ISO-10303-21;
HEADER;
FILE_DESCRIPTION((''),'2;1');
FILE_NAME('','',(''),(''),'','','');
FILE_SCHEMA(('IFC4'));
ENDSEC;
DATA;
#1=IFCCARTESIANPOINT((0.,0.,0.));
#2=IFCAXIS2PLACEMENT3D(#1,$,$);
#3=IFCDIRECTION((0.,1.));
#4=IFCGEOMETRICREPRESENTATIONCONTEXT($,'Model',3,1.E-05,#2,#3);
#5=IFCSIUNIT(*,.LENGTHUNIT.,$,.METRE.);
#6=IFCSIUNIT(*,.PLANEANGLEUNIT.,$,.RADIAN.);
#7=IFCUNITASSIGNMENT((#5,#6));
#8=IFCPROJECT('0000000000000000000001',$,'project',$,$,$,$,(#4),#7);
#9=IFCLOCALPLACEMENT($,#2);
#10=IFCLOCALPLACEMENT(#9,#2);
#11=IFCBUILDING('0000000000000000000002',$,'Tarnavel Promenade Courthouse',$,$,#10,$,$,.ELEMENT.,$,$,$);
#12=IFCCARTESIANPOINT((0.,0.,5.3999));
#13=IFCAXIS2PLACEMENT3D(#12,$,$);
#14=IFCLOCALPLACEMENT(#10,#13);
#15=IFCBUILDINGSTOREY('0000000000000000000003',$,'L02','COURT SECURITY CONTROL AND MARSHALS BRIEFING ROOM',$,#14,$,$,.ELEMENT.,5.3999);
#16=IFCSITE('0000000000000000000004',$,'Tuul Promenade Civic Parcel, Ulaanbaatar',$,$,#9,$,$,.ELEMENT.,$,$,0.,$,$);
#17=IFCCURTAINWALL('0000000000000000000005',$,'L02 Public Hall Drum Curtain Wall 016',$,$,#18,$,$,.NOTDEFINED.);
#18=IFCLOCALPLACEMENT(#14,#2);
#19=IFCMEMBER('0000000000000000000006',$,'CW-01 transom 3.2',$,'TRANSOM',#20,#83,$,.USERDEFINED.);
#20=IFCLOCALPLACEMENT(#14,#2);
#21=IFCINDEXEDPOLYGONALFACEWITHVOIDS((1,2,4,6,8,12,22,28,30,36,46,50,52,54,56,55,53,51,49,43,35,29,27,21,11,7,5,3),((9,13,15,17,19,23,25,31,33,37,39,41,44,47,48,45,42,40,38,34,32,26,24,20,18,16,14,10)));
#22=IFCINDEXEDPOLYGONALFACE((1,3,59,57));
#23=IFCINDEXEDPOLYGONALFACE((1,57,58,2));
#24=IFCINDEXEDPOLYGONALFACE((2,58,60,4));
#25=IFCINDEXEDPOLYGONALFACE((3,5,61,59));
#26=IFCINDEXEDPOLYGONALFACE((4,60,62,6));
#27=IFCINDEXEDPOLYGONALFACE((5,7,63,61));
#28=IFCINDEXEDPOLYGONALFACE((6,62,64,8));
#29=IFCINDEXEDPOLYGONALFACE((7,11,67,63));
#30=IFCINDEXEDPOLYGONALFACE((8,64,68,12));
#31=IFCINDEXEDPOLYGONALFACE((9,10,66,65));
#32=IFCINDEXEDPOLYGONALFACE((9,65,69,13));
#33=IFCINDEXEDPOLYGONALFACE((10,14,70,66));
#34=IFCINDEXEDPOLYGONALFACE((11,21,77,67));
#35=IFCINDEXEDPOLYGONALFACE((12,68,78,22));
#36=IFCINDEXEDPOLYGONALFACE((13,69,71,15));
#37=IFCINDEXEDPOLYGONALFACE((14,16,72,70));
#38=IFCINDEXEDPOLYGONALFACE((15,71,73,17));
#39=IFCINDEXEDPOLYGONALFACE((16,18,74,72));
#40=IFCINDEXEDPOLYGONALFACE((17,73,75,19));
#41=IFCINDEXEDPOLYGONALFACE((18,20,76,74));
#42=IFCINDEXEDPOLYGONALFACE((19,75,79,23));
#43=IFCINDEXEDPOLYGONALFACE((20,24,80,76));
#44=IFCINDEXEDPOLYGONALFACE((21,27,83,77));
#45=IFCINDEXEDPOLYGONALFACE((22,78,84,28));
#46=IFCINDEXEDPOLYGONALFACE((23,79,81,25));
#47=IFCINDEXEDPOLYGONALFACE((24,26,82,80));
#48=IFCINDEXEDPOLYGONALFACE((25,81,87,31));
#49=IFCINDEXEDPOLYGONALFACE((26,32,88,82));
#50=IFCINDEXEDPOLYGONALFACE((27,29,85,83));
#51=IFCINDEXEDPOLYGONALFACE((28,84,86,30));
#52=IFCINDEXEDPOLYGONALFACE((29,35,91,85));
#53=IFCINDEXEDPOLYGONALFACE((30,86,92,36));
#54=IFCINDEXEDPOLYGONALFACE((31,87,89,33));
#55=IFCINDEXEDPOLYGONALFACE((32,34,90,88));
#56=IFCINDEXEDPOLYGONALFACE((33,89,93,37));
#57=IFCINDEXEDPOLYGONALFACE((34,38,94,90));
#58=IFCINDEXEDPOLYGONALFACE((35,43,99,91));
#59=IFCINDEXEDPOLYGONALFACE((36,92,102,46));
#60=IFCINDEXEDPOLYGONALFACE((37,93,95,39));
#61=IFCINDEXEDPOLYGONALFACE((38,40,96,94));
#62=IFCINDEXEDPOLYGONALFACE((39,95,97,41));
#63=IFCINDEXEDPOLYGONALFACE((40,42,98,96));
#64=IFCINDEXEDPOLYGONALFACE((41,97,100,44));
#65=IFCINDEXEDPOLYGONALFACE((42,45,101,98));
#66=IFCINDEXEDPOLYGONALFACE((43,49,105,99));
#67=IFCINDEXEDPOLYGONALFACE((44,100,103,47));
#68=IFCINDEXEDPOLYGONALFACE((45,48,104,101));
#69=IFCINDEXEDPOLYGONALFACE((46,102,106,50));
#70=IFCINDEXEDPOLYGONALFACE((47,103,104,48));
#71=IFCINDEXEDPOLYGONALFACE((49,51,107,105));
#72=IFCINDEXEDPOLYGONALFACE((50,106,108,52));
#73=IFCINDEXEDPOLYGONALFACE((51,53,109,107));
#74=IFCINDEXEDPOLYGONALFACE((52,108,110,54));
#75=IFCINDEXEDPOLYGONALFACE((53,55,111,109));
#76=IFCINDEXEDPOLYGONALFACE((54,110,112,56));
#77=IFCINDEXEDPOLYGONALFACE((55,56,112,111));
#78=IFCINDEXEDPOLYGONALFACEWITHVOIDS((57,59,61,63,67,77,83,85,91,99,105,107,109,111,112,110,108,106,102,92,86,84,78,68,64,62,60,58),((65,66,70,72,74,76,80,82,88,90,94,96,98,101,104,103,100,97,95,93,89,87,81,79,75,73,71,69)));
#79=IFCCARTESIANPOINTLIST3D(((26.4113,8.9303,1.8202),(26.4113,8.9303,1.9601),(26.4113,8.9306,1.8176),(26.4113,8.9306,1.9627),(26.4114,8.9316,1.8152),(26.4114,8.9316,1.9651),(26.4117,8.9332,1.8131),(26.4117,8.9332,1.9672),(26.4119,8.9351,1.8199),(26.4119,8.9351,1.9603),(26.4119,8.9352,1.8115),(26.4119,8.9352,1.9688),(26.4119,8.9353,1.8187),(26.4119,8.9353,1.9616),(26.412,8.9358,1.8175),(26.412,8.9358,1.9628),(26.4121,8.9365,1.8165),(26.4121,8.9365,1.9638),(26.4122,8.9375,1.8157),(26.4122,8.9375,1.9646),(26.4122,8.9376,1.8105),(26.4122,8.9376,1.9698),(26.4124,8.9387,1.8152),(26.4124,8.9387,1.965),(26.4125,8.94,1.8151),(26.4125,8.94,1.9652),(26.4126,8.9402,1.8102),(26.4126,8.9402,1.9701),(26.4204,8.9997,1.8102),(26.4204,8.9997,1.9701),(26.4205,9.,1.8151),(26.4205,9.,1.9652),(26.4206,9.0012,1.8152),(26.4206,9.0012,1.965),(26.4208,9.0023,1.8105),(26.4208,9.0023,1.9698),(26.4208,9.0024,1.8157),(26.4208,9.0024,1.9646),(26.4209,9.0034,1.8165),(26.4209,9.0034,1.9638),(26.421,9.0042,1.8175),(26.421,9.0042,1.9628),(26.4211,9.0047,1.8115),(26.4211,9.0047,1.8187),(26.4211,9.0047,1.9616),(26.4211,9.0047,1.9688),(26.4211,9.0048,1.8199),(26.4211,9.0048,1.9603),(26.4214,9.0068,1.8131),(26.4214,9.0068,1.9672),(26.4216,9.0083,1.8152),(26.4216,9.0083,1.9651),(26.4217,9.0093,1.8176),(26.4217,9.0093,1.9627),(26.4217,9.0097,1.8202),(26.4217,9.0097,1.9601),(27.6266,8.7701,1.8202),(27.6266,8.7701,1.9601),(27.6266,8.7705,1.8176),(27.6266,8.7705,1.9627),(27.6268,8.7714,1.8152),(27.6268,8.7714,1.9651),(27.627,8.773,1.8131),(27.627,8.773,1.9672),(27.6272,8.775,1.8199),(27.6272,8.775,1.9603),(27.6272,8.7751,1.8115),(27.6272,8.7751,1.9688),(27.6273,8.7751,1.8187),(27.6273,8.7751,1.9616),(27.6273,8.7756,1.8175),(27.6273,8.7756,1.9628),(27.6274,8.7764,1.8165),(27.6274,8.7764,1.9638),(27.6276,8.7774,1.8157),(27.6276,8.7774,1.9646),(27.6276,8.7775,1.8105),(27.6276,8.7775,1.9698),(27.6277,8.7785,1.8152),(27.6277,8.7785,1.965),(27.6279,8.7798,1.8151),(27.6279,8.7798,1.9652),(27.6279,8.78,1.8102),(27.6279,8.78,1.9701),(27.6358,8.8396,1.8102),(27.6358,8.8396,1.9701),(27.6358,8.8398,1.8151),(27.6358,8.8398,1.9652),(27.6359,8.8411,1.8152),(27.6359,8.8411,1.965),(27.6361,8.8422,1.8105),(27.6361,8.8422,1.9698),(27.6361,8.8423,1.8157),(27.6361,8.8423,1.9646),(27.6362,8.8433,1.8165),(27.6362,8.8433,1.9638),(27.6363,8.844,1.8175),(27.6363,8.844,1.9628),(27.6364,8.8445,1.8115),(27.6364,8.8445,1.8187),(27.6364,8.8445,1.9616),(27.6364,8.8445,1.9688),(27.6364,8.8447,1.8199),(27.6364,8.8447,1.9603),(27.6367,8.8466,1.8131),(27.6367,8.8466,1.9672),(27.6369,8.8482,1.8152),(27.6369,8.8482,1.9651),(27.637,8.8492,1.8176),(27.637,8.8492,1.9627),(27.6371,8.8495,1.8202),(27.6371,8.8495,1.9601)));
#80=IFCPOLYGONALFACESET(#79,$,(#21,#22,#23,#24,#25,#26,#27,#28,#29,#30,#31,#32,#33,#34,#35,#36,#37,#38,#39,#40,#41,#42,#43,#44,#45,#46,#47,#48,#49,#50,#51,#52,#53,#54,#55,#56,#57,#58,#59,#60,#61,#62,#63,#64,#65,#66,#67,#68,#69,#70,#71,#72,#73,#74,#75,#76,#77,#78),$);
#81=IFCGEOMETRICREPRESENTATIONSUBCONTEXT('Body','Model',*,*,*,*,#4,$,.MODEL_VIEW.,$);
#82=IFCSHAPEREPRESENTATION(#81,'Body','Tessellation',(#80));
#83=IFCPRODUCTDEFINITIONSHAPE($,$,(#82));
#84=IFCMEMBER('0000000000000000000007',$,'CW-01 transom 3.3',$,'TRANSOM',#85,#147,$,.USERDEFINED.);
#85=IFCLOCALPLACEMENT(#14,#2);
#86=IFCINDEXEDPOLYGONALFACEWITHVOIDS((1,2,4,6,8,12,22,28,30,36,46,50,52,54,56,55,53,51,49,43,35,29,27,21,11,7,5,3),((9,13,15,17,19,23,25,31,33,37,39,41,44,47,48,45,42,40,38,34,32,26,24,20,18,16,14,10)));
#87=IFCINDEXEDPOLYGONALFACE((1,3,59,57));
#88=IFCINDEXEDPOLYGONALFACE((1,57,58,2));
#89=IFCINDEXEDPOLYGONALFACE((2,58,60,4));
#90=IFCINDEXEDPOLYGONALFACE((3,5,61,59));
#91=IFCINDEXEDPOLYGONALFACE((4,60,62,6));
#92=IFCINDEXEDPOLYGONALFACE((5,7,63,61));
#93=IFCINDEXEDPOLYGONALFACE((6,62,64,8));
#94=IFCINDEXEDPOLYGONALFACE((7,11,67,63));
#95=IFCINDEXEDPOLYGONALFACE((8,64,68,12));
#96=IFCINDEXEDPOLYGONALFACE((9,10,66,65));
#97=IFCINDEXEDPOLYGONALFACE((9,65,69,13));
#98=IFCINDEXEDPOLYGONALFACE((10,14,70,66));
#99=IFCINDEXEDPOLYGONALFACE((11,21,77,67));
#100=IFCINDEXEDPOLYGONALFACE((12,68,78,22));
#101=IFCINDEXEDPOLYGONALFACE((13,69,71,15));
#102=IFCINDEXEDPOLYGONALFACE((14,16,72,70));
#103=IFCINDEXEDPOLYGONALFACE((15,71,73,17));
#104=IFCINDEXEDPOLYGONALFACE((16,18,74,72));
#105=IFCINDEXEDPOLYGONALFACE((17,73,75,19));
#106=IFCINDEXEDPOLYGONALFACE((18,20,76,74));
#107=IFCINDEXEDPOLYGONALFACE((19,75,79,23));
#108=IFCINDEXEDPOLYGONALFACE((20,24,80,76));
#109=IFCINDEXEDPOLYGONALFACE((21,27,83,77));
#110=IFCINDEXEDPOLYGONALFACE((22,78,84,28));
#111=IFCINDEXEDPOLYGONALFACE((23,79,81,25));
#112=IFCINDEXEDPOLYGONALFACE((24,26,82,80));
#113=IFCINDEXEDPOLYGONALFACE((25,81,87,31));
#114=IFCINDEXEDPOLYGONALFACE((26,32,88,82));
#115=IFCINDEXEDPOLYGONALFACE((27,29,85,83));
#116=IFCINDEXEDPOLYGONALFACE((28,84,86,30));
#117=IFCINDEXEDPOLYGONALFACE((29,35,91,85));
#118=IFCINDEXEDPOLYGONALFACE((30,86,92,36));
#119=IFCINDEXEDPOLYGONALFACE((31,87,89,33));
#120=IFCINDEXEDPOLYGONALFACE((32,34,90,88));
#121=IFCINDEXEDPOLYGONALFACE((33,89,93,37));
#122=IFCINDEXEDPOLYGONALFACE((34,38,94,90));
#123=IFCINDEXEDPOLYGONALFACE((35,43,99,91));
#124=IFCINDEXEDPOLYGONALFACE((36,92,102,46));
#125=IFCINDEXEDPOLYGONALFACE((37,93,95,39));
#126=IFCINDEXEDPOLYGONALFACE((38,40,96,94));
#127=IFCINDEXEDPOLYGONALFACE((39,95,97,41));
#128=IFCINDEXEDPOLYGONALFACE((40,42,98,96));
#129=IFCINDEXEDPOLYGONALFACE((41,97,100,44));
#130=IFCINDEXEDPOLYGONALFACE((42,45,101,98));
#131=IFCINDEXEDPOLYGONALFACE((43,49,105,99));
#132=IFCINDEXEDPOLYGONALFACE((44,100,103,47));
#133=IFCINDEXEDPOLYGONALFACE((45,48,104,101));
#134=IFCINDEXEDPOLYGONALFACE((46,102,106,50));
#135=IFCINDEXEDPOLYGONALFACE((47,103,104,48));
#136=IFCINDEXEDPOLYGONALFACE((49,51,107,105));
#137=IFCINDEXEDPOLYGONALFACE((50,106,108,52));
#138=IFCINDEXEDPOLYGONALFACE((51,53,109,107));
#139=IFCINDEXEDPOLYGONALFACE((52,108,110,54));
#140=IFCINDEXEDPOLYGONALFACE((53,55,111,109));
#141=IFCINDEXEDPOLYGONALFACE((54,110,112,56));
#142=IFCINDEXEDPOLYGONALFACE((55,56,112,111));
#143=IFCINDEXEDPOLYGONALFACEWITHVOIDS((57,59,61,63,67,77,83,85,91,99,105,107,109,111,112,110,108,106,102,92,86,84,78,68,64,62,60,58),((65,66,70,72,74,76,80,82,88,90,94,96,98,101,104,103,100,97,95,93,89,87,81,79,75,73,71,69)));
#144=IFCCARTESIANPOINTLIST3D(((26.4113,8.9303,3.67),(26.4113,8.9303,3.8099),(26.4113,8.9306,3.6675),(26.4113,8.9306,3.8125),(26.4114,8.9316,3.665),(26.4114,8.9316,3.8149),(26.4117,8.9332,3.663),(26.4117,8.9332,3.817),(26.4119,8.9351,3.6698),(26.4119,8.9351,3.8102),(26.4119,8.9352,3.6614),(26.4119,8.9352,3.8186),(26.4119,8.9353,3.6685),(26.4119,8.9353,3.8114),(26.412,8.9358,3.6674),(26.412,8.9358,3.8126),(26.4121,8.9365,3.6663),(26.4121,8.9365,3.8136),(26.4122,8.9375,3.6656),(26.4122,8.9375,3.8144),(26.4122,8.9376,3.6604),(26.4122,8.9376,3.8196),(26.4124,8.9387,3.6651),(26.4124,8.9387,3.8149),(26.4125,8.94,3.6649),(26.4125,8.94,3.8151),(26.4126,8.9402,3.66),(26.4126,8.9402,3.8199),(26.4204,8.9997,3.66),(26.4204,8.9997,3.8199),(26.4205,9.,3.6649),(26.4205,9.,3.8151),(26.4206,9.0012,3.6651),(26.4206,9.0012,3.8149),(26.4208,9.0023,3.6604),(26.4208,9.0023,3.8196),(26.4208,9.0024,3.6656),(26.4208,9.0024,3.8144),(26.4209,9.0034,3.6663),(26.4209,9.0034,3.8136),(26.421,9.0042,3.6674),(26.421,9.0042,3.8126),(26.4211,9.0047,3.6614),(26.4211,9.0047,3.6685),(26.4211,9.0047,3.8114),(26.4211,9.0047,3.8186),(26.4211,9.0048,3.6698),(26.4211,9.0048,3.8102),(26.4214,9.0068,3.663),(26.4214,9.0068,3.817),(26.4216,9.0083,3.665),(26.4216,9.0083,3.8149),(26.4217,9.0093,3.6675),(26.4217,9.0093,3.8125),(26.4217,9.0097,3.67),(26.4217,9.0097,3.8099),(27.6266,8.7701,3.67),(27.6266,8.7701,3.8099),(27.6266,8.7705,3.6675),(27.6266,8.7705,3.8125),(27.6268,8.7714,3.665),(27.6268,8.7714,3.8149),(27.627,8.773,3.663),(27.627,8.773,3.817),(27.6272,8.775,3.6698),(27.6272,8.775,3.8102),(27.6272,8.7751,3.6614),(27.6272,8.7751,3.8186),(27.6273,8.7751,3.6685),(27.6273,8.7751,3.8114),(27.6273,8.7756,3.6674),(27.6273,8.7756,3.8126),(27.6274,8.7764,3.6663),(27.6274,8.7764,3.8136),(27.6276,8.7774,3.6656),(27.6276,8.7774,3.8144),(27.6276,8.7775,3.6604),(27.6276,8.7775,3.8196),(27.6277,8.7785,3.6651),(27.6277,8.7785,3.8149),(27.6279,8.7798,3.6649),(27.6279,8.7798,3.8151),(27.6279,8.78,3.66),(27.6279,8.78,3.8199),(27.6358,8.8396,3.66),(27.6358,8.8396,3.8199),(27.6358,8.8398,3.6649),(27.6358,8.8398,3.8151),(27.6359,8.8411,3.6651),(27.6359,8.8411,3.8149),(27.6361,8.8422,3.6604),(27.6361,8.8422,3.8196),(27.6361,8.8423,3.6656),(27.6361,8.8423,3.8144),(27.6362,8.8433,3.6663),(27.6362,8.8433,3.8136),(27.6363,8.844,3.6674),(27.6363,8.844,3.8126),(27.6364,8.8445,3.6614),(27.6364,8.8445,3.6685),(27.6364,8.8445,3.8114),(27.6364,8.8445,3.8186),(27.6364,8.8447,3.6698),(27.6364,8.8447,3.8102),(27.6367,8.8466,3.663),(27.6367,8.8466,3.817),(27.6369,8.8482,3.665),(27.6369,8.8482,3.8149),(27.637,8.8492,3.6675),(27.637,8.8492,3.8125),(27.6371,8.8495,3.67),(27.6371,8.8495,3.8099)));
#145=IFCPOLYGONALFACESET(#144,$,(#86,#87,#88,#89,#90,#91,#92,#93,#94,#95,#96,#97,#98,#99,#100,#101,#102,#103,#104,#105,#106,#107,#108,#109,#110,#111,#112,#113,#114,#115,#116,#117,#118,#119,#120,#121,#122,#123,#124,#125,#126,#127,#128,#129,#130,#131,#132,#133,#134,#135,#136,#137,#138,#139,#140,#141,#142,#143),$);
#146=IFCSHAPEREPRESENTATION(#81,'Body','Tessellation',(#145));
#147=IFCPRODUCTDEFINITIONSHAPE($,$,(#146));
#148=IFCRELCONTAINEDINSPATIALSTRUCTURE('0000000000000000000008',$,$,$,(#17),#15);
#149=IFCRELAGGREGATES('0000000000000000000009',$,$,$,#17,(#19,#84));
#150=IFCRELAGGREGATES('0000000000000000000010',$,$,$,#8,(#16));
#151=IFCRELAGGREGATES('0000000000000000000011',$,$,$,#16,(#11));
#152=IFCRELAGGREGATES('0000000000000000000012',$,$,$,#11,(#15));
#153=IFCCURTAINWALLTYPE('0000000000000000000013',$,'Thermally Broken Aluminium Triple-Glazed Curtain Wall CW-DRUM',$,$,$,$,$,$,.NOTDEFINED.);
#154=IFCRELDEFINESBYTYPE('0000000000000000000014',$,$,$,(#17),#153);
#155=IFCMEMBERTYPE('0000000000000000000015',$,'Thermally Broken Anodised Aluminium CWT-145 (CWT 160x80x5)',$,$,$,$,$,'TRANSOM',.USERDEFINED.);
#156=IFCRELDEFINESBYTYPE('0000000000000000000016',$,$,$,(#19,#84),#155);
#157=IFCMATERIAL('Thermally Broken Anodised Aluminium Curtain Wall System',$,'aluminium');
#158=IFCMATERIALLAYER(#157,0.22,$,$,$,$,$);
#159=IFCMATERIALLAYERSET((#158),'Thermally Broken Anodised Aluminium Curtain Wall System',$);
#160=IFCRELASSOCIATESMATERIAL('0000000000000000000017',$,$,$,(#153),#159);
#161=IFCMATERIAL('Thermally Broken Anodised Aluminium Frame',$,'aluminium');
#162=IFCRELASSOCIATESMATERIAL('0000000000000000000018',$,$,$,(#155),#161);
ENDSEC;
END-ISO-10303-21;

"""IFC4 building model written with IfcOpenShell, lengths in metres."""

from ifc_helpers import new_model, si_unit, direction, frame, origin, origin_2d, place, context, subcontext, project, spatial, hollow_rectangle, extrude, material, layer, layer_set, material_profile, profile_set, type_object, element, aggregate, save


model = new_model("IFC4")

# Units and contexts
model_context = context("Model", 3, precision=1e-05, world=origin(), true_north=direction((0.0, 1.0)))
body_context = subcontext(model_context, "Body", "Model", "MODEL_VIEW")
ifc_project = project(units=[si_unit("LENGTHUNIT", "METRE"), si_unit("PLANEANGLEUNIT", "RADIAN")], contexts=[model_context])

# Site, building, storey
site_placement = place(None, origin())
site = spatial("IfcSite", under=ifc_project, at=site_placement, Name="Tuul Promenade Civic Parcel, Ulaanbaatar", CompositionType="ELEMENT", RefElevation=0.0)
building_placement = place(site_placement, origin())
building = spatial("IfcBuilding", under=site, at=building_placement, Name="Tarnavel Promenade Courthouse", CompositionType="ELEMENT")
storey_placement = place(building_placement, frame((0.0, 0.0, 5.3999)))
storey = spatial("IfcBuildingStorey", under=building, at=storey_placement, Name="L02", Description="COURT SECURITY CONTROL AND MARSHALS BRIEFING ROOM", CompositionType="ELEMENT", Elevation=5.3999)

# Curtain wall
ifc_material_1 = material(Name="Thermally Broken Anodised Aluminium Curtain Wall System", Category="aluminium")
ifc_layer_1 = layer(ifc_material_1, 0.22)
ifc_layer_set_1 = layer_set([ifc_layer_1], Name="Thermally Broken Anodised Aluminium Curtain Wall System")
curtain_wall_type = type_object("IfcCurtainWallType", Name="Thermally Broken Aluminium Triple-Glazed Curtain Wall CW-DRUM", PredefinedType="NOTDEFINED", material=ifc_layer_set_1)
curtain_wall_1_placement = place(storey_placement, origin())
curtain_wall_1 = element("IfcCurtainWall", 1, at=curtain_wall_1_placement, inside=storey, type_object=curtain_wall_type, Name="L02 Public Hall Drum Curtain Wall 016", PredefinedType="NOTDEFINED")
ifc_material_2 = material(Name="Thermally Broken Anodised Aluminium Frame", Category="aluminium")

# Members
ifc_material_profile_1 = material_profile(ifc_material_2, hollow_rectangle(XDim=0.0801, YDim=0.1599, WallThickness=0.0049, InnerFilletRadius=0.0049, OuterFilletRadius=0.01, at=origin_2d()), Name="CWT 160x80x5")
ifc_profile_set_1 = profile_set([ifc_material_profile_1], Name="Thermally Broken Anodised Aluminium Frame")
member_type_1 = type_object("IfcMemberType", Name="Thermally Broken Anodised Aluminium CWT-145 (CWT 160x80x5)", ElementType="TRANSOM", PredefinedType="USERDEFINED", material=ifc_profile_set_1)
member_1_placement = place(storey_placement, frame((26.4165, 8.97, 1.8901), z_axis=(0.991429, -0.13065, 0.0), x_axis=(0.13065, 0.991429, 0.0)))
member_1 = element("IfcMember", 2, at=member_1_placement, type_object=member_type_1, Name="CW-01 transom 3.2", ObjectType="TRANSOM", PredefinedType="USERDEFINED", context=body_context, shape_type="SweptSolid", body=[
    extrude(hollow_rectangle(XDim=0.0801, YDim=0.1599, WallThickness=0.0049, InnerFilletRadius=0.0049, OuterFilletRadius=0.01, at=origin_2d()), origin(), (0.0, 0.0, 1.0), 1.2258),
])
member_2_placement = place(storey_placement, frame((26.4165, 8.97, 3.74), z_axis=(0.991429, -0.13065, 0.0), x_axis=(0.13065, 0.991429, 0.0)))
member_2 = element("IfcMember", 3, at=member_2_placement, type_object=member_type_1, Name="CW-01 transom 3.3", ObjectType="TRANSOM", PredefinedType="USERDEFINED", context=body_context, shape_type="SweptSolid", body=[
    extrude(hollow_rectangle(XDim=0.0801, YDim=0.1599, WallThickness=0.0049, InnerFilletRadius=0.0049, OuterFilletRadius=0.01, at=origin_2d()), origin(), (0.0, 0.0, 1.0), 1.2258),
])

aggregate(curtain_wall_1, [member_1, member_2])

save(model, "model.ifc")
